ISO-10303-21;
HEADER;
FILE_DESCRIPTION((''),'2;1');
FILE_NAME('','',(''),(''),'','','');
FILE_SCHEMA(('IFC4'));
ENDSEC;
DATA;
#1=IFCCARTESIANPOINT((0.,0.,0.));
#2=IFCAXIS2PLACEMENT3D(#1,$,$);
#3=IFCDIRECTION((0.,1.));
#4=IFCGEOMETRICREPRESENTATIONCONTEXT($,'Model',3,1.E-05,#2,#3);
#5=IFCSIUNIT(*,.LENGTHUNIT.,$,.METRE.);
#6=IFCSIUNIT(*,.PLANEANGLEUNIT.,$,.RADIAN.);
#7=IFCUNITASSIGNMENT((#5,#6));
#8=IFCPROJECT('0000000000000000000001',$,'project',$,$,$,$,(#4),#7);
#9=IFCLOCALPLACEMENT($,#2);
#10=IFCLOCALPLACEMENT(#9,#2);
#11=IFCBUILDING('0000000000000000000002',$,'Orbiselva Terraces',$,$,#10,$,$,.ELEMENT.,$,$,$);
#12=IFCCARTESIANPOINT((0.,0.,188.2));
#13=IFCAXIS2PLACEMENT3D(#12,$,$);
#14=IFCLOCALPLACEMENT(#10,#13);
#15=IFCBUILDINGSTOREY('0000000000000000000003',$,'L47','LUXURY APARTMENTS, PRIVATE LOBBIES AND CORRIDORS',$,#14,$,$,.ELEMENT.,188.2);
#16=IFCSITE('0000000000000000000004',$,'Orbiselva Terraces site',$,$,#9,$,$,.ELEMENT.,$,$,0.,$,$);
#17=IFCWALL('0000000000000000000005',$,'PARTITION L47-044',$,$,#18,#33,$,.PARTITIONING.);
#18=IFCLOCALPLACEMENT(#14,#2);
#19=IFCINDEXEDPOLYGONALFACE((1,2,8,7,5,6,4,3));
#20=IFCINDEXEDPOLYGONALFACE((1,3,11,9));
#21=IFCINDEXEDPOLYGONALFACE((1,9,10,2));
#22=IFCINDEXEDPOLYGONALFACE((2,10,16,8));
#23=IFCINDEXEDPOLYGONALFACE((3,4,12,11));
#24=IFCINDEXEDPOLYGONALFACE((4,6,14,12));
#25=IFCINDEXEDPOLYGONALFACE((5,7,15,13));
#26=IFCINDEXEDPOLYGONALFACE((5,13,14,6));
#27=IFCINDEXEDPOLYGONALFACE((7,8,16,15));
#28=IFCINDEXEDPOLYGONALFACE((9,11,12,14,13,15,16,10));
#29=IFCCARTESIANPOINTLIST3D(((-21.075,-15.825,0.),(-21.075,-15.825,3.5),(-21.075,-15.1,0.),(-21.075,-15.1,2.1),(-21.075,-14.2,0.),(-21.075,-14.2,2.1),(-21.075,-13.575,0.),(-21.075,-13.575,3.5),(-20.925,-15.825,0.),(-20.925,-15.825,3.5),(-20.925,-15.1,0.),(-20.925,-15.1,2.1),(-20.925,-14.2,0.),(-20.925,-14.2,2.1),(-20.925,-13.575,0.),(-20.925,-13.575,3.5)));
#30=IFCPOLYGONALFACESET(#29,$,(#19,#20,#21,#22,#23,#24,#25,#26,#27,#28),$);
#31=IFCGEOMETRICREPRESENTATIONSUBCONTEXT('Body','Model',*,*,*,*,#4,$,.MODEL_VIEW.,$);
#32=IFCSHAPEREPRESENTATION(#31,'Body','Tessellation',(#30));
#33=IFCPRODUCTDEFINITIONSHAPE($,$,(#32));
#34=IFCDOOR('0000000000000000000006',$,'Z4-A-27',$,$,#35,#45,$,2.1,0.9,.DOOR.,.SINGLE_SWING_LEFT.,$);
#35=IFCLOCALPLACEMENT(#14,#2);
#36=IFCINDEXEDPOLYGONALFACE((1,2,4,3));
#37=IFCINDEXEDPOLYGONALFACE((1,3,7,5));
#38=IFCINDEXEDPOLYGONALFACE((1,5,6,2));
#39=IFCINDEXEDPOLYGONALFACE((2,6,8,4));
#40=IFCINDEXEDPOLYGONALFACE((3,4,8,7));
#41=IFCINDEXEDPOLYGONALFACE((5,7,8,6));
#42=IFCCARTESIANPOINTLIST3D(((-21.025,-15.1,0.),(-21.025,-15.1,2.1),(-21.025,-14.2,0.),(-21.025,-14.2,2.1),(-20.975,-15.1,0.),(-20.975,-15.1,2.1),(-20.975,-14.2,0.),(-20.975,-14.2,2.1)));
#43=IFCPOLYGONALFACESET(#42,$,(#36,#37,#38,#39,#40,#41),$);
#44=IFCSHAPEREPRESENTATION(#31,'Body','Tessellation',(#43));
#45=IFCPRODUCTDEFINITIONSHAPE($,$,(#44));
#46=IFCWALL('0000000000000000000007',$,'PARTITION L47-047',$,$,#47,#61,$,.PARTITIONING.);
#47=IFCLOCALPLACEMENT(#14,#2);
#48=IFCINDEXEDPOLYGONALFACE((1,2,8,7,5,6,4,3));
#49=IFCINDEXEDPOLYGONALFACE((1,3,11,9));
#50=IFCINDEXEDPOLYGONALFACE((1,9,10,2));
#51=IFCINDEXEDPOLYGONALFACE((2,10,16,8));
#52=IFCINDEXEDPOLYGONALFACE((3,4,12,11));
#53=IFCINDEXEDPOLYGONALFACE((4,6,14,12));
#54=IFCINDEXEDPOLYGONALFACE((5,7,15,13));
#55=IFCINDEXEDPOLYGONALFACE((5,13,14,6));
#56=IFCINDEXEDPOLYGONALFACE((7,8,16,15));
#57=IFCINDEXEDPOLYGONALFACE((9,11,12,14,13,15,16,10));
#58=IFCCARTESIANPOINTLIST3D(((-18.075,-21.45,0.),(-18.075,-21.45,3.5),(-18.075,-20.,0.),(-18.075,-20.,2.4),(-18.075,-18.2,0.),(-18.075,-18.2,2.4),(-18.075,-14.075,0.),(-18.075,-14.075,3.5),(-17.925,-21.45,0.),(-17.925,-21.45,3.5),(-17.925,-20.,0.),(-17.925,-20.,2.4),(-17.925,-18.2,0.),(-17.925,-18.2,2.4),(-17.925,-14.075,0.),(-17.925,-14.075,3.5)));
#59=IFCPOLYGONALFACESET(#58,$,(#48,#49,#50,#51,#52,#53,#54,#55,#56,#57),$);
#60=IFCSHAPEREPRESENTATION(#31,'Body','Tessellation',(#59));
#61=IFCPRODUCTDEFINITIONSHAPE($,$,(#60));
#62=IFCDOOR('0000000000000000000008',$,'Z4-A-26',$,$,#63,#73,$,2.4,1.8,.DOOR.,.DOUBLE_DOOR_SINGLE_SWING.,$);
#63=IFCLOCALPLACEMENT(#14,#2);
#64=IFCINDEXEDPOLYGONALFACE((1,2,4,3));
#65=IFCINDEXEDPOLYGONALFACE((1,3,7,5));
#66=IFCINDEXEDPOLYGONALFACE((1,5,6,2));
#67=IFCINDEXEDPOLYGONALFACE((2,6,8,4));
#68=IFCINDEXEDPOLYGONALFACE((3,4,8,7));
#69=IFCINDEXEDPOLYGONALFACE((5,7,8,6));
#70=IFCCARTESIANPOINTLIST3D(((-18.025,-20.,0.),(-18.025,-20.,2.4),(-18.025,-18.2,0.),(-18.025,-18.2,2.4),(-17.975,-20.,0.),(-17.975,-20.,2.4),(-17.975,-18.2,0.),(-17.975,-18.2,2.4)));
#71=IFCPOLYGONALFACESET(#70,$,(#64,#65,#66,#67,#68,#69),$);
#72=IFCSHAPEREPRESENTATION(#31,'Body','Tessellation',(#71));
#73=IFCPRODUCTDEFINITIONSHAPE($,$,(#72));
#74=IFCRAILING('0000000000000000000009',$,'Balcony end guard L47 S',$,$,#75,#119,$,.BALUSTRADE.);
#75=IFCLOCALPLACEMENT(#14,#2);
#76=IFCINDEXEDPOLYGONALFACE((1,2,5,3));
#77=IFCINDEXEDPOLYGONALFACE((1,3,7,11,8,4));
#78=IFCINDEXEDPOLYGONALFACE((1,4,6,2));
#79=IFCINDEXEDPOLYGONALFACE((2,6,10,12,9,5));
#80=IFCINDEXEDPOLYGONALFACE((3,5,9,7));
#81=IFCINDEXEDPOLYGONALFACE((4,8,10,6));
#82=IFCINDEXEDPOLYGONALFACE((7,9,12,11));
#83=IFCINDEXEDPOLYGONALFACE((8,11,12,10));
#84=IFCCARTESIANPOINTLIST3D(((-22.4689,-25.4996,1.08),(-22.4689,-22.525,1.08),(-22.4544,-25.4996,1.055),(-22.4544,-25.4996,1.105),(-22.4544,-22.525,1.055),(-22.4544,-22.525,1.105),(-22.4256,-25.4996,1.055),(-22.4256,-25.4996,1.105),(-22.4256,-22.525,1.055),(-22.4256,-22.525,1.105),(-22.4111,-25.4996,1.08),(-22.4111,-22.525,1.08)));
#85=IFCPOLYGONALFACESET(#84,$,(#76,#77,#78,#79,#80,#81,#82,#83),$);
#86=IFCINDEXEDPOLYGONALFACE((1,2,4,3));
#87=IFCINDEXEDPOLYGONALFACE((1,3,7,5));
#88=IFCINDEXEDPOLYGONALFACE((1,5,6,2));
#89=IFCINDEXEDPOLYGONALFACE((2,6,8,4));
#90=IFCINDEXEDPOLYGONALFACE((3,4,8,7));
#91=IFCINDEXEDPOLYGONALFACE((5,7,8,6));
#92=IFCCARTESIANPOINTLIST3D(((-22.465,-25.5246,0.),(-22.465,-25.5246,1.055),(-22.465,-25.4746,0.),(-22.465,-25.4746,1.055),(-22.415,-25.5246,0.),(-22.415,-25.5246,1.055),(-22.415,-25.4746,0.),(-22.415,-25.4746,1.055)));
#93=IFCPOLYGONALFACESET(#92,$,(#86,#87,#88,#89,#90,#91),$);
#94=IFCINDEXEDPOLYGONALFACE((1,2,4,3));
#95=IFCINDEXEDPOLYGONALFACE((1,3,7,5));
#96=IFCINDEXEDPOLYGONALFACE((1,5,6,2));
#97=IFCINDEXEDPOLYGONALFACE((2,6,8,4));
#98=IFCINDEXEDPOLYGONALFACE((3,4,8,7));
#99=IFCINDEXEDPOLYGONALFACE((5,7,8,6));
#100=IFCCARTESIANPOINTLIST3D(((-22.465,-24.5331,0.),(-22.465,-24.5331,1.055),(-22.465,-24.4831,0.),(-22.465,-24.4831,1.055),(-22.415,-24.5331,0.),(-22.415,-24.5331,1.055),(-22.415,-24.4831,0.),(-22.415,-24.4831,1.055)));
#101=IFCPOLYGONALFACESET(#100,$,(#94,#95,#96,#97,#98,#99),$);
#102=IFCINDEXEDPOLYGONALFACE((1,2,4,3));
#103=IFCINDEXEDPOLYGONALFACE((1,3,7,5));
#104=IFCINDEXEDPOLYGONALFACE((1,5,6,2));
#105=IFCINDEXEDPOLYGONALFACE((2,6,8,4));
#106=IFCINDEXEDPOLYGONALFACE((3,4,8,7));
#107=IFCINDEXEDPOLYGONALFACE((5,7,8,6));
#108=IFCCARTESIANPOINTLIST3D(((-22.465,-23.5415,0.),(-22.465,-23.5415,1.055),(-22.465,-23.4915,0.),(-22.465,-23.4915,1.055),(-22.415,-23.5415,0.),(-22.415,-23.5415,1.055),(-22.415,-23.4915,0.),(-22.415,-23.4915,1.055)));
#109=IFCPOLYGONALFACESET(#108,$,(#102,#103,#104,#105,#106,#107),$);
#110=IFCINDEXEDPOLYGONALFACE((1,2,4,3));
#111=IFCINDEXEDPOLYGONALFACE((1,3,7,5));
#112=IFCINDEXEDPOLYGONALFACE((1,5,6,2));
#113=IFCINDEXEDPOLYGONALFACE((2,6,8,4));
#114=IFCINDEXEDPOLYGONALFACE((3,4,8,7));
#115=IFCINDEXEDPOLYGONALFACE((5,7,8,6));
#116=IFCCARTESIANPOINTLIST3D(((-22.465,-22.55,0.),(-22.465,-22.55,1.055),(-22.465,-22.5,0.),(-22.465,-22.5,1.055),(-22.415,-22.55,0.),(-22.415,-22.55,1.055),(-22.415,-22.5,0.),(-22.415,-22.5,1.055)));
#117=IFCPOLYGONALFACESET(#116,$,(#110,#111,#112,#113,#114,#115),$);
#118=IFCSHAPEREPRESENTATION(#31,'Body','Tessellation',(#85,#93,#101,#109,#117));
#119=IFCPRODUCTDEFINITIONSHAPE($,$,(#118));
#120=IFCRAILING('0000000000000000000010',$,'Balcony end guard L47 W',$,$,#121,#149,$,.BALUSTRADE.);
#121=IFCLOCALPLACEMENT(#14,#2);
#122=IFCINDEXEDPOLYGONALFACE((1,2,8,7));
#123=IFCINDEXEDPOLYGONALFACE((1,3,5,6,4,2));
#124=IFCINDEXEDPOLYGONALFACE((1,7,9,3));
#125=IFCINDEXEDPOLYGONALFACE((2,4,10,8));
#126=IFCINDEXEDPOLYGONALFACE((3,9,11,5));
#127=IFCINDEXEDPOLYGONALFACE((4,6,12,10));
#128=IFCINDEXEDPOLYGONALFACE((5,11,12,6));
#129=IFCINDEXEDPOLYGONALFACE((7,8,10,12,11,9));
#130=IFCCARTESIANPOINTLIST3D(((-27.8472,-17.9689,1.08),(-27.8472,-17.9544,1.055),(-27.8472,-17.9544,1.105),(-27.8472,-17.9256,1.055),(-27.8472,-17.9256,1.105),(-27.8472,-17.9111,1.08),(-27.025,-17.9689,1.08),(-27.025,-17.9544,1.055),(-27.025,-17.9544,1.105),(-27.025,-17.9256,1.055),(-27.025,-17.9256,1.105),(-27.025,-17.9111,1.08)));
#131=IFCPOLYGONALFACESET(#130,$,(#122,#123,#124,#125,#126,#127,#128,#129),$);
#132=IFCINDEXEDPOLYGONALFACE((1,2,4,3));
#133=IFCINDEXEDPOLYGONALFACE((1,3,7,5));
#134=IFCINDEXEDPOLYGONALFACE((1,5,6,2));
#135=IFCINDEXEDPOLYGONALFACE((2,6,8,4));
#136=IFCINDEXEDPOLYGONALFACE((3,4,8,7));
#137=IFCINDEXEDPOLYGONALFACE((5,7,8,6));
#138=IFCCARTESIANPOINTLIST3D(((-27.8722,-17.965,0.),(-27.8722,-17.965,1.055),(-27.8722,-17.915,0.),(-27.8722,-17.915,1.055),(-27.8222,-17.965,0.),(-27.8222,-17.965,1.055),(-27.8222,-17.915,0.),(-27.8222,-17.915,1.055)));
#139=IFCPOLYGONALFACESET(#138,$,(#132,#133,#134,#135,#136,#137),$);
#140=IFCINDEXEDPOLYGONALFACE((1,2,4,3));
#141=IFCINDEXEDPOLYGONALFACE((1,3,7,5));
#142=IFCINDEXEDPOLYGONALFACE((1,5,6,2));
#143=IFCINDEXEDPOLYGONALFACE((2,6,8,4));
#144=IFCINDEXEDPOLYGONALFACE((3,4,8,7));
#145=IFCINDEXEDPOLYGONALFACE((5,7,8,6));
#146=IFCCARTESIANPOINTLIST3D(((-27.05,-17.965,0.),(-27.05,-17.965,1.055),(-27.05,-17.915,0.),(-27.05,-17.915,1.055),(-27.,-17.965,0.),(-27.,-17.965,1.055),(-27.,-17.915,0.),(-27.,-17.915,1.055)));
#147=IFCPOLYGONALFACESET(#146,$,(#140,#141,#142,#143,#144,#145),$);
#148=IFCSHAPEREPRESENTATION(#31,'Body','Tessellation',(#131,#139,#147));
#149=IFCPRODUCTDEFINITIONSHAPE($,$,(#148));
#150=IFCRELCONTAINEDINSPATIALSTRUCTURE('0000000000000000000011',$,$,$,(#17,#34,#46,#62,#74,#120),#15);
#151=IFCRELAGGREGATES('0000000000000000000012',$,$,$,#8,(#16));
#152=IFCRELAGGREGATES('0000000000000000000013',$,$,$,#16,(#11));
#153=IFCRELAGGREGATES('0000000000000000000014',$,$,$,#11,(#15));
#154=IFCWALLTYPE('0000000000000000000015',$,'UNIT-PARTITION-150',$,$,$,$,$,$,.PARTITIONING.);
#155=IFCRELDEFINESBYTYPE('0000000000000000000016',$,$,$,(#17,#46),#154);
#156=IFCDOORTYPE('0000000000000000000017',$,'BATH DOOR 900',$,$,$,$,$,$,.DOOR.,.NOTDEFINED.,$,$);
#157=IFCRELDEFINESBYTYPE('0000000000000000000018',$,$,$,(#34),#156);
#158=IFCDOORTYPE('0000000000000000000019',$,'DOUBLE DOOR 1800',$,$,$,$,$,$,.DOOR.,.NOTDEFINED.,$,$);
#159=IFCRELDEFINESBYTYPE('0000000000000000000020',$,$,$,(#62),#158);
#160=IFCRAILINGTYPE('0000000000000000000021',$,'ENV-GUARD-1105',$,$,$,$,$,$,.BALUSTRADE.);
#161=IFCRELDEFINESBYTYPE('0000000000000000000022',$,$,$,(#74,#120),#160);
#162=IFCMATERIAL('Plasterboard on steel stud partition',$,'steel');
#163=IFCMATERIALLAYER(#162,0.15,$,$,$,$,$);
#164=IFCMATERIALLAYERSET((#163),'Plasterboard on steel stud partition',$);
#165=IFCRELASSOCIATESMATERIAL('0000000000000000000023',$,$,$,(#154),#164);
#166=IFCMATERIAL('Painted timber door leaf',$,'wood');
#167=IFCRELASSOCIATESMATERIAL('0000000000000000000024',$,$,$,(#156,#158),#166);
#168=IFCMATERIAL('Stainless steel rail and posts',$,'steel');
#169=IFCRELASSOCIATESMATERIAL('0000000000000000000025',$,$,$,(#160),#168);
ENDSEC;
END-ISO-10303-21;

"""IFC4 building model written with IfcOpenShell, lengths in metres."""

from ifc_helpers import new_model, si_unit, direction, frame, frame_2d, origin, origin_2d, place, context, subcontext, project, spatial, polyline, rectangle, outline, extrude, material, layer, layer_set, type_object, element, fill, save


model = new_model("IFC4")

# Units and contexts
model_context = context("Model", 3, precision=1e-05, world=origin(), true_north=direction((0.0, 1.0)))
body_context = subcontext(model_context, "Body", "Model", "MODEL_VIEW")
ifc_project = project(units=[si_unit("LENGTHUNIT", "METRE"), si_unit("PLANEANGLEUNIT", "RADIAN")], contexts=[model_context])

# Site, building, storey
site_placement = place(None, origin())
site = spatial("IfcSite", under=ifc_project, at=site_placement, Name="Orbiselva Terraces site", CompositionType="ELEMENT", RefElevation=0.0)
building_placement = place(site_placement, origin())
building = spatial("IfcBuilding", under=site, at=building_placement, Name="Orbiselva Terraces", CompositionType="ELEMENT")
storey_placement = place(building_placement, frame((0.0, 0.0, 188.2)))
storey = spatial("IfcBuildingStorey", under=building, at=storey_placement, Name="L47", Description="LUXURY APARTMENTS, PRIVATE LOBBIES AND CORRIDORS", CompositionType="ELEMENT", Elevation=188.2)

# Shared definitions
ifc_material_1 = material(Name="Plasterboard on steel stud partition", Category="steel")
ifc_layer_1 = layer(ifc_material_1, 0.15)
ifc_layer_set_1 = layer_set([ifc_layer_1], Name="Plasterboard on steel stud partition")
wall_type_1 = type_object("IfcWallType", Name="UNIT-PARTITION-150", PredefinedType="PARTITIONING", material=ifc_layer_set_1)

# Walls, openings, doors
wall_1_placement = place(storey_placement, frame((-21.0, -13.575, 0.0), z_axis=(0.0, 0.0, 1.0), x_axis=(0.0, -1.0, 0.0)))
wall_1 = element("IfcWall", 1, at=wall_1_placement, inside=storey, type_object=wall_type_1, Name="PARTITION L47-044", PredefinedType="PARTITIONING", context=body_context, shape_type="SweptSolid", body=[
    extrude(rectangle(XDim=2.25, YDim=0.15, at=frame_2d((1.125, 0.0))), origin(), (0.0, 0.0, 1.0), 3.5),
])
opening_1_placement = place(wall_1_placement, frame((0.625, 0.0, 0.0)))
opening_1 = element("IfcOpeningElement", 2, at=opening_1_placement, cuts=wall_1, PredefinedType="OPENING", context=body_context, shape_type="SweptSolid", body=[
    extrude(rectangle(XDim=0.9, YDim=2.1, at=frame_2d((0.45, 1.05))), frame((0.0, 0.085, 0.0), z_axis=(0.0, -1.0, 0.0), x_axis=(1.0, 0.0, 0.0)), (0.0, 0.0, 1.0), 0.17),
])
ifc_material_2 = material(Name="Painted timber door leaf", Category="wood")
door_type_1 = type_object("IfcDoorType", Name="BATH DOOR 900", OperationType="NOTDEFINED", PredefinedType="DOOR", material=ifc_material_2)
door_1_placement = place(opening_1_placement, origin())
door_1 = element("IfcDoor", 3, at=door_1_placement, inside=storey, type_object=door_type_1, Name="Z4-A-27", OperationType="SINGLE_SWING_LEFT", OverallHeight=2.1, OverallWidth=0.9, PredefinedType="DOOR", context=body_context, shape_type="SweptSolid", body=[
    extrude(rectangle(XDim=0.9, YDim=2.1, at=frame_2d((0.45, 1.05))), frame((0.0, 0.025, 0.0), z_axis=(0.0, -1.0, 0.0), x_axis=(1.0, 0.0, 0.0)), (0.0, 0.0, 1.0), 0.05),
])
fill(opening_1, door_1)
wall_2_placement = place(storey_placement, frame((-18.0, -21.45, 0.0), z_axis=(0.0, 0.0, 1.0), x_axis=(0.0, 1.0, 0.0)))
wall_2 = element("IfcWall", 4, at=wall_2_placement, inside=storey, type_object=wall_type_1, Name="PARTITION L47-047", PredefinedType="PARTITIONING", context=body_context, shape_type="SweptSolid", body=[
    extrude(rectangle(XDim=7.375, YDim=0.15, at=frame_2d((3.6875, 0.0))), origin(), (0.0, 0.0, 1.0), 3.5),
])
opening_2_placement = place(wall_2_placement, frame((1.45, 0.0, 0.0)))
opening_2 = element("IfcOpeningElement", 5, at=opening_2_placement, cuts=wall_2, PredefinedType="OPENING", context=body_context, shape_type="SweptSolid", body=[
    extrude(rectangle(XDim=1.8, YDim=2.4, at=frame_2d((0.9, 1.2))), frame((0.0, 0.085, 0.0), z_axis=(0.0, -1.0, 0.0), x_axis=(1.0, 0.0, 0.0)), (0.0, 0.0, 1.0), 0.17),
])
door_type_2 = type_object("IfcDoorType", Name="DOUBLE DOOR 1800", OperationType="NOTDEFINED", PredefinedType="DOOR", material=ifc_material_2)
door_2_placement = place(opening_2_placement, origin())
door_2 = element("IfcDoor", 6, at=door_2_placement, inside=storey, type_object=door_type_2, Name="Z4-A-26", OperationType="DOUBLE_DOOR_SINGLE_SWING", OverallHeight=2.4, OverallWidth=1.8, PredefinedType="DOOR", context=body_context, shape_type="SweptSolid", body=[
    extrude(rectangle(XDim=1.8, YDim=2.4, at=frame_2d((0.9, 1.2))), frame((0.0, 0.025, 0.0), z_axis=(0.0, -1.0, 0.0), x_axis=(1.0, 0.0, 0.0)), (0.0, 0.0, 1.0), 0.05),
])
fill(opening_2, door_2)

# Railings
ifc_material_3 = material(Name="Stainless steel rail and posts", Category="steel")
railing_type_1 = type_object("IfcRailingType", Name="ENV-GUARD-1105", PredefinedType="BALUSTRADE", material=ifc_material_3)
railing_1_placement = place(storey_placement, frame((-22.44, -25.4996, 0.0)))
element("IfcRailing", 7, at=railing_1_placement, inside=storey, type_object=railing_type_1, Name="Balcony end guard L47 S", PredefinedType="BALUSTRADE", context=body_context, shape_type="SweptSolid", body=[
    extrude(outline(polyline([(0.0289, 0.0), (0.0144, 0.025), (-0.0144, 0.025), (-0.0289, 0.0), (-0.0144, -0.025), (0.0144, -0.025), (0.0289, 0.0)])), frame((0.0, 0.0, 1.08), z_axis=(0.0, 1.0, 0.0), x_axis=(-1.0, 0.0, 0.0)), (0.0, 0.0, 1.0), 2.9746),
    extrude(rectangle(XDim=0.05, YDim=0.05, at=origin_2d()), origin(), (0.0, 0.0, 1.0), 1.055),
    extrude(rectangle(XDim=0.05, YDim=0.05, at=origin_2d()), frame((0.0, 0.9915, 0.0)), (0.0, 0.0, 1.0), 1.055),
    extrude(rectangle(XDim=0.05, YDim=0.05, at=origin_2d()), frame((0.0, 1.9831, 0.0)), (0.0, 0.0, 1.0), 1.055),
    extrude(rectangle(XDim=0.05, YDim=0.05, at=origin_2d()), frame((0.0, 2.9746, 0.0)), (0.0, 0.0, 1.0), 1.055),
])
railing_2_placement = place(storey_placement, frame((-27.8472, -17.94, 0.0)))
element("IfcRailing", 8, at=railing_2_placement, inside=storey, type_object=railing_type_1, Name="Balcony end guard L47 W", PredefinedType="BALUSTRADE", context=body_context, shape_type="SweptSolid", body=[
    extrude(outline(polyline([(0.0289, 0.0), (0.0144, 0.025), (-0.0144, 0.025), (-0.0289, 0.0), (-0.0144, -0.025), (0.0144, -0.025), (0.0289, 0.0)])), frame((0.0, 0.0, 1.08), z_axis=(1.0, 0.0, 0.0), x_axis=(0.0, 1.0, 0.0)), (0.0, 0.0, 1.0), 0.8222),
    extrude(rectangle(XDim=0.05, YDim=0.05, at=origin_2d()), origin(), (0.0, 0.0, 1.0), 1.055),
    extrude(rectangle(XDim=0.05, YDim=0.05, at=origin_2d()), frame((0.8222, 0.0, 0.0)), (0.0, 0.0, 1.0), 1.055),
])

save(model, "model.ifc")
